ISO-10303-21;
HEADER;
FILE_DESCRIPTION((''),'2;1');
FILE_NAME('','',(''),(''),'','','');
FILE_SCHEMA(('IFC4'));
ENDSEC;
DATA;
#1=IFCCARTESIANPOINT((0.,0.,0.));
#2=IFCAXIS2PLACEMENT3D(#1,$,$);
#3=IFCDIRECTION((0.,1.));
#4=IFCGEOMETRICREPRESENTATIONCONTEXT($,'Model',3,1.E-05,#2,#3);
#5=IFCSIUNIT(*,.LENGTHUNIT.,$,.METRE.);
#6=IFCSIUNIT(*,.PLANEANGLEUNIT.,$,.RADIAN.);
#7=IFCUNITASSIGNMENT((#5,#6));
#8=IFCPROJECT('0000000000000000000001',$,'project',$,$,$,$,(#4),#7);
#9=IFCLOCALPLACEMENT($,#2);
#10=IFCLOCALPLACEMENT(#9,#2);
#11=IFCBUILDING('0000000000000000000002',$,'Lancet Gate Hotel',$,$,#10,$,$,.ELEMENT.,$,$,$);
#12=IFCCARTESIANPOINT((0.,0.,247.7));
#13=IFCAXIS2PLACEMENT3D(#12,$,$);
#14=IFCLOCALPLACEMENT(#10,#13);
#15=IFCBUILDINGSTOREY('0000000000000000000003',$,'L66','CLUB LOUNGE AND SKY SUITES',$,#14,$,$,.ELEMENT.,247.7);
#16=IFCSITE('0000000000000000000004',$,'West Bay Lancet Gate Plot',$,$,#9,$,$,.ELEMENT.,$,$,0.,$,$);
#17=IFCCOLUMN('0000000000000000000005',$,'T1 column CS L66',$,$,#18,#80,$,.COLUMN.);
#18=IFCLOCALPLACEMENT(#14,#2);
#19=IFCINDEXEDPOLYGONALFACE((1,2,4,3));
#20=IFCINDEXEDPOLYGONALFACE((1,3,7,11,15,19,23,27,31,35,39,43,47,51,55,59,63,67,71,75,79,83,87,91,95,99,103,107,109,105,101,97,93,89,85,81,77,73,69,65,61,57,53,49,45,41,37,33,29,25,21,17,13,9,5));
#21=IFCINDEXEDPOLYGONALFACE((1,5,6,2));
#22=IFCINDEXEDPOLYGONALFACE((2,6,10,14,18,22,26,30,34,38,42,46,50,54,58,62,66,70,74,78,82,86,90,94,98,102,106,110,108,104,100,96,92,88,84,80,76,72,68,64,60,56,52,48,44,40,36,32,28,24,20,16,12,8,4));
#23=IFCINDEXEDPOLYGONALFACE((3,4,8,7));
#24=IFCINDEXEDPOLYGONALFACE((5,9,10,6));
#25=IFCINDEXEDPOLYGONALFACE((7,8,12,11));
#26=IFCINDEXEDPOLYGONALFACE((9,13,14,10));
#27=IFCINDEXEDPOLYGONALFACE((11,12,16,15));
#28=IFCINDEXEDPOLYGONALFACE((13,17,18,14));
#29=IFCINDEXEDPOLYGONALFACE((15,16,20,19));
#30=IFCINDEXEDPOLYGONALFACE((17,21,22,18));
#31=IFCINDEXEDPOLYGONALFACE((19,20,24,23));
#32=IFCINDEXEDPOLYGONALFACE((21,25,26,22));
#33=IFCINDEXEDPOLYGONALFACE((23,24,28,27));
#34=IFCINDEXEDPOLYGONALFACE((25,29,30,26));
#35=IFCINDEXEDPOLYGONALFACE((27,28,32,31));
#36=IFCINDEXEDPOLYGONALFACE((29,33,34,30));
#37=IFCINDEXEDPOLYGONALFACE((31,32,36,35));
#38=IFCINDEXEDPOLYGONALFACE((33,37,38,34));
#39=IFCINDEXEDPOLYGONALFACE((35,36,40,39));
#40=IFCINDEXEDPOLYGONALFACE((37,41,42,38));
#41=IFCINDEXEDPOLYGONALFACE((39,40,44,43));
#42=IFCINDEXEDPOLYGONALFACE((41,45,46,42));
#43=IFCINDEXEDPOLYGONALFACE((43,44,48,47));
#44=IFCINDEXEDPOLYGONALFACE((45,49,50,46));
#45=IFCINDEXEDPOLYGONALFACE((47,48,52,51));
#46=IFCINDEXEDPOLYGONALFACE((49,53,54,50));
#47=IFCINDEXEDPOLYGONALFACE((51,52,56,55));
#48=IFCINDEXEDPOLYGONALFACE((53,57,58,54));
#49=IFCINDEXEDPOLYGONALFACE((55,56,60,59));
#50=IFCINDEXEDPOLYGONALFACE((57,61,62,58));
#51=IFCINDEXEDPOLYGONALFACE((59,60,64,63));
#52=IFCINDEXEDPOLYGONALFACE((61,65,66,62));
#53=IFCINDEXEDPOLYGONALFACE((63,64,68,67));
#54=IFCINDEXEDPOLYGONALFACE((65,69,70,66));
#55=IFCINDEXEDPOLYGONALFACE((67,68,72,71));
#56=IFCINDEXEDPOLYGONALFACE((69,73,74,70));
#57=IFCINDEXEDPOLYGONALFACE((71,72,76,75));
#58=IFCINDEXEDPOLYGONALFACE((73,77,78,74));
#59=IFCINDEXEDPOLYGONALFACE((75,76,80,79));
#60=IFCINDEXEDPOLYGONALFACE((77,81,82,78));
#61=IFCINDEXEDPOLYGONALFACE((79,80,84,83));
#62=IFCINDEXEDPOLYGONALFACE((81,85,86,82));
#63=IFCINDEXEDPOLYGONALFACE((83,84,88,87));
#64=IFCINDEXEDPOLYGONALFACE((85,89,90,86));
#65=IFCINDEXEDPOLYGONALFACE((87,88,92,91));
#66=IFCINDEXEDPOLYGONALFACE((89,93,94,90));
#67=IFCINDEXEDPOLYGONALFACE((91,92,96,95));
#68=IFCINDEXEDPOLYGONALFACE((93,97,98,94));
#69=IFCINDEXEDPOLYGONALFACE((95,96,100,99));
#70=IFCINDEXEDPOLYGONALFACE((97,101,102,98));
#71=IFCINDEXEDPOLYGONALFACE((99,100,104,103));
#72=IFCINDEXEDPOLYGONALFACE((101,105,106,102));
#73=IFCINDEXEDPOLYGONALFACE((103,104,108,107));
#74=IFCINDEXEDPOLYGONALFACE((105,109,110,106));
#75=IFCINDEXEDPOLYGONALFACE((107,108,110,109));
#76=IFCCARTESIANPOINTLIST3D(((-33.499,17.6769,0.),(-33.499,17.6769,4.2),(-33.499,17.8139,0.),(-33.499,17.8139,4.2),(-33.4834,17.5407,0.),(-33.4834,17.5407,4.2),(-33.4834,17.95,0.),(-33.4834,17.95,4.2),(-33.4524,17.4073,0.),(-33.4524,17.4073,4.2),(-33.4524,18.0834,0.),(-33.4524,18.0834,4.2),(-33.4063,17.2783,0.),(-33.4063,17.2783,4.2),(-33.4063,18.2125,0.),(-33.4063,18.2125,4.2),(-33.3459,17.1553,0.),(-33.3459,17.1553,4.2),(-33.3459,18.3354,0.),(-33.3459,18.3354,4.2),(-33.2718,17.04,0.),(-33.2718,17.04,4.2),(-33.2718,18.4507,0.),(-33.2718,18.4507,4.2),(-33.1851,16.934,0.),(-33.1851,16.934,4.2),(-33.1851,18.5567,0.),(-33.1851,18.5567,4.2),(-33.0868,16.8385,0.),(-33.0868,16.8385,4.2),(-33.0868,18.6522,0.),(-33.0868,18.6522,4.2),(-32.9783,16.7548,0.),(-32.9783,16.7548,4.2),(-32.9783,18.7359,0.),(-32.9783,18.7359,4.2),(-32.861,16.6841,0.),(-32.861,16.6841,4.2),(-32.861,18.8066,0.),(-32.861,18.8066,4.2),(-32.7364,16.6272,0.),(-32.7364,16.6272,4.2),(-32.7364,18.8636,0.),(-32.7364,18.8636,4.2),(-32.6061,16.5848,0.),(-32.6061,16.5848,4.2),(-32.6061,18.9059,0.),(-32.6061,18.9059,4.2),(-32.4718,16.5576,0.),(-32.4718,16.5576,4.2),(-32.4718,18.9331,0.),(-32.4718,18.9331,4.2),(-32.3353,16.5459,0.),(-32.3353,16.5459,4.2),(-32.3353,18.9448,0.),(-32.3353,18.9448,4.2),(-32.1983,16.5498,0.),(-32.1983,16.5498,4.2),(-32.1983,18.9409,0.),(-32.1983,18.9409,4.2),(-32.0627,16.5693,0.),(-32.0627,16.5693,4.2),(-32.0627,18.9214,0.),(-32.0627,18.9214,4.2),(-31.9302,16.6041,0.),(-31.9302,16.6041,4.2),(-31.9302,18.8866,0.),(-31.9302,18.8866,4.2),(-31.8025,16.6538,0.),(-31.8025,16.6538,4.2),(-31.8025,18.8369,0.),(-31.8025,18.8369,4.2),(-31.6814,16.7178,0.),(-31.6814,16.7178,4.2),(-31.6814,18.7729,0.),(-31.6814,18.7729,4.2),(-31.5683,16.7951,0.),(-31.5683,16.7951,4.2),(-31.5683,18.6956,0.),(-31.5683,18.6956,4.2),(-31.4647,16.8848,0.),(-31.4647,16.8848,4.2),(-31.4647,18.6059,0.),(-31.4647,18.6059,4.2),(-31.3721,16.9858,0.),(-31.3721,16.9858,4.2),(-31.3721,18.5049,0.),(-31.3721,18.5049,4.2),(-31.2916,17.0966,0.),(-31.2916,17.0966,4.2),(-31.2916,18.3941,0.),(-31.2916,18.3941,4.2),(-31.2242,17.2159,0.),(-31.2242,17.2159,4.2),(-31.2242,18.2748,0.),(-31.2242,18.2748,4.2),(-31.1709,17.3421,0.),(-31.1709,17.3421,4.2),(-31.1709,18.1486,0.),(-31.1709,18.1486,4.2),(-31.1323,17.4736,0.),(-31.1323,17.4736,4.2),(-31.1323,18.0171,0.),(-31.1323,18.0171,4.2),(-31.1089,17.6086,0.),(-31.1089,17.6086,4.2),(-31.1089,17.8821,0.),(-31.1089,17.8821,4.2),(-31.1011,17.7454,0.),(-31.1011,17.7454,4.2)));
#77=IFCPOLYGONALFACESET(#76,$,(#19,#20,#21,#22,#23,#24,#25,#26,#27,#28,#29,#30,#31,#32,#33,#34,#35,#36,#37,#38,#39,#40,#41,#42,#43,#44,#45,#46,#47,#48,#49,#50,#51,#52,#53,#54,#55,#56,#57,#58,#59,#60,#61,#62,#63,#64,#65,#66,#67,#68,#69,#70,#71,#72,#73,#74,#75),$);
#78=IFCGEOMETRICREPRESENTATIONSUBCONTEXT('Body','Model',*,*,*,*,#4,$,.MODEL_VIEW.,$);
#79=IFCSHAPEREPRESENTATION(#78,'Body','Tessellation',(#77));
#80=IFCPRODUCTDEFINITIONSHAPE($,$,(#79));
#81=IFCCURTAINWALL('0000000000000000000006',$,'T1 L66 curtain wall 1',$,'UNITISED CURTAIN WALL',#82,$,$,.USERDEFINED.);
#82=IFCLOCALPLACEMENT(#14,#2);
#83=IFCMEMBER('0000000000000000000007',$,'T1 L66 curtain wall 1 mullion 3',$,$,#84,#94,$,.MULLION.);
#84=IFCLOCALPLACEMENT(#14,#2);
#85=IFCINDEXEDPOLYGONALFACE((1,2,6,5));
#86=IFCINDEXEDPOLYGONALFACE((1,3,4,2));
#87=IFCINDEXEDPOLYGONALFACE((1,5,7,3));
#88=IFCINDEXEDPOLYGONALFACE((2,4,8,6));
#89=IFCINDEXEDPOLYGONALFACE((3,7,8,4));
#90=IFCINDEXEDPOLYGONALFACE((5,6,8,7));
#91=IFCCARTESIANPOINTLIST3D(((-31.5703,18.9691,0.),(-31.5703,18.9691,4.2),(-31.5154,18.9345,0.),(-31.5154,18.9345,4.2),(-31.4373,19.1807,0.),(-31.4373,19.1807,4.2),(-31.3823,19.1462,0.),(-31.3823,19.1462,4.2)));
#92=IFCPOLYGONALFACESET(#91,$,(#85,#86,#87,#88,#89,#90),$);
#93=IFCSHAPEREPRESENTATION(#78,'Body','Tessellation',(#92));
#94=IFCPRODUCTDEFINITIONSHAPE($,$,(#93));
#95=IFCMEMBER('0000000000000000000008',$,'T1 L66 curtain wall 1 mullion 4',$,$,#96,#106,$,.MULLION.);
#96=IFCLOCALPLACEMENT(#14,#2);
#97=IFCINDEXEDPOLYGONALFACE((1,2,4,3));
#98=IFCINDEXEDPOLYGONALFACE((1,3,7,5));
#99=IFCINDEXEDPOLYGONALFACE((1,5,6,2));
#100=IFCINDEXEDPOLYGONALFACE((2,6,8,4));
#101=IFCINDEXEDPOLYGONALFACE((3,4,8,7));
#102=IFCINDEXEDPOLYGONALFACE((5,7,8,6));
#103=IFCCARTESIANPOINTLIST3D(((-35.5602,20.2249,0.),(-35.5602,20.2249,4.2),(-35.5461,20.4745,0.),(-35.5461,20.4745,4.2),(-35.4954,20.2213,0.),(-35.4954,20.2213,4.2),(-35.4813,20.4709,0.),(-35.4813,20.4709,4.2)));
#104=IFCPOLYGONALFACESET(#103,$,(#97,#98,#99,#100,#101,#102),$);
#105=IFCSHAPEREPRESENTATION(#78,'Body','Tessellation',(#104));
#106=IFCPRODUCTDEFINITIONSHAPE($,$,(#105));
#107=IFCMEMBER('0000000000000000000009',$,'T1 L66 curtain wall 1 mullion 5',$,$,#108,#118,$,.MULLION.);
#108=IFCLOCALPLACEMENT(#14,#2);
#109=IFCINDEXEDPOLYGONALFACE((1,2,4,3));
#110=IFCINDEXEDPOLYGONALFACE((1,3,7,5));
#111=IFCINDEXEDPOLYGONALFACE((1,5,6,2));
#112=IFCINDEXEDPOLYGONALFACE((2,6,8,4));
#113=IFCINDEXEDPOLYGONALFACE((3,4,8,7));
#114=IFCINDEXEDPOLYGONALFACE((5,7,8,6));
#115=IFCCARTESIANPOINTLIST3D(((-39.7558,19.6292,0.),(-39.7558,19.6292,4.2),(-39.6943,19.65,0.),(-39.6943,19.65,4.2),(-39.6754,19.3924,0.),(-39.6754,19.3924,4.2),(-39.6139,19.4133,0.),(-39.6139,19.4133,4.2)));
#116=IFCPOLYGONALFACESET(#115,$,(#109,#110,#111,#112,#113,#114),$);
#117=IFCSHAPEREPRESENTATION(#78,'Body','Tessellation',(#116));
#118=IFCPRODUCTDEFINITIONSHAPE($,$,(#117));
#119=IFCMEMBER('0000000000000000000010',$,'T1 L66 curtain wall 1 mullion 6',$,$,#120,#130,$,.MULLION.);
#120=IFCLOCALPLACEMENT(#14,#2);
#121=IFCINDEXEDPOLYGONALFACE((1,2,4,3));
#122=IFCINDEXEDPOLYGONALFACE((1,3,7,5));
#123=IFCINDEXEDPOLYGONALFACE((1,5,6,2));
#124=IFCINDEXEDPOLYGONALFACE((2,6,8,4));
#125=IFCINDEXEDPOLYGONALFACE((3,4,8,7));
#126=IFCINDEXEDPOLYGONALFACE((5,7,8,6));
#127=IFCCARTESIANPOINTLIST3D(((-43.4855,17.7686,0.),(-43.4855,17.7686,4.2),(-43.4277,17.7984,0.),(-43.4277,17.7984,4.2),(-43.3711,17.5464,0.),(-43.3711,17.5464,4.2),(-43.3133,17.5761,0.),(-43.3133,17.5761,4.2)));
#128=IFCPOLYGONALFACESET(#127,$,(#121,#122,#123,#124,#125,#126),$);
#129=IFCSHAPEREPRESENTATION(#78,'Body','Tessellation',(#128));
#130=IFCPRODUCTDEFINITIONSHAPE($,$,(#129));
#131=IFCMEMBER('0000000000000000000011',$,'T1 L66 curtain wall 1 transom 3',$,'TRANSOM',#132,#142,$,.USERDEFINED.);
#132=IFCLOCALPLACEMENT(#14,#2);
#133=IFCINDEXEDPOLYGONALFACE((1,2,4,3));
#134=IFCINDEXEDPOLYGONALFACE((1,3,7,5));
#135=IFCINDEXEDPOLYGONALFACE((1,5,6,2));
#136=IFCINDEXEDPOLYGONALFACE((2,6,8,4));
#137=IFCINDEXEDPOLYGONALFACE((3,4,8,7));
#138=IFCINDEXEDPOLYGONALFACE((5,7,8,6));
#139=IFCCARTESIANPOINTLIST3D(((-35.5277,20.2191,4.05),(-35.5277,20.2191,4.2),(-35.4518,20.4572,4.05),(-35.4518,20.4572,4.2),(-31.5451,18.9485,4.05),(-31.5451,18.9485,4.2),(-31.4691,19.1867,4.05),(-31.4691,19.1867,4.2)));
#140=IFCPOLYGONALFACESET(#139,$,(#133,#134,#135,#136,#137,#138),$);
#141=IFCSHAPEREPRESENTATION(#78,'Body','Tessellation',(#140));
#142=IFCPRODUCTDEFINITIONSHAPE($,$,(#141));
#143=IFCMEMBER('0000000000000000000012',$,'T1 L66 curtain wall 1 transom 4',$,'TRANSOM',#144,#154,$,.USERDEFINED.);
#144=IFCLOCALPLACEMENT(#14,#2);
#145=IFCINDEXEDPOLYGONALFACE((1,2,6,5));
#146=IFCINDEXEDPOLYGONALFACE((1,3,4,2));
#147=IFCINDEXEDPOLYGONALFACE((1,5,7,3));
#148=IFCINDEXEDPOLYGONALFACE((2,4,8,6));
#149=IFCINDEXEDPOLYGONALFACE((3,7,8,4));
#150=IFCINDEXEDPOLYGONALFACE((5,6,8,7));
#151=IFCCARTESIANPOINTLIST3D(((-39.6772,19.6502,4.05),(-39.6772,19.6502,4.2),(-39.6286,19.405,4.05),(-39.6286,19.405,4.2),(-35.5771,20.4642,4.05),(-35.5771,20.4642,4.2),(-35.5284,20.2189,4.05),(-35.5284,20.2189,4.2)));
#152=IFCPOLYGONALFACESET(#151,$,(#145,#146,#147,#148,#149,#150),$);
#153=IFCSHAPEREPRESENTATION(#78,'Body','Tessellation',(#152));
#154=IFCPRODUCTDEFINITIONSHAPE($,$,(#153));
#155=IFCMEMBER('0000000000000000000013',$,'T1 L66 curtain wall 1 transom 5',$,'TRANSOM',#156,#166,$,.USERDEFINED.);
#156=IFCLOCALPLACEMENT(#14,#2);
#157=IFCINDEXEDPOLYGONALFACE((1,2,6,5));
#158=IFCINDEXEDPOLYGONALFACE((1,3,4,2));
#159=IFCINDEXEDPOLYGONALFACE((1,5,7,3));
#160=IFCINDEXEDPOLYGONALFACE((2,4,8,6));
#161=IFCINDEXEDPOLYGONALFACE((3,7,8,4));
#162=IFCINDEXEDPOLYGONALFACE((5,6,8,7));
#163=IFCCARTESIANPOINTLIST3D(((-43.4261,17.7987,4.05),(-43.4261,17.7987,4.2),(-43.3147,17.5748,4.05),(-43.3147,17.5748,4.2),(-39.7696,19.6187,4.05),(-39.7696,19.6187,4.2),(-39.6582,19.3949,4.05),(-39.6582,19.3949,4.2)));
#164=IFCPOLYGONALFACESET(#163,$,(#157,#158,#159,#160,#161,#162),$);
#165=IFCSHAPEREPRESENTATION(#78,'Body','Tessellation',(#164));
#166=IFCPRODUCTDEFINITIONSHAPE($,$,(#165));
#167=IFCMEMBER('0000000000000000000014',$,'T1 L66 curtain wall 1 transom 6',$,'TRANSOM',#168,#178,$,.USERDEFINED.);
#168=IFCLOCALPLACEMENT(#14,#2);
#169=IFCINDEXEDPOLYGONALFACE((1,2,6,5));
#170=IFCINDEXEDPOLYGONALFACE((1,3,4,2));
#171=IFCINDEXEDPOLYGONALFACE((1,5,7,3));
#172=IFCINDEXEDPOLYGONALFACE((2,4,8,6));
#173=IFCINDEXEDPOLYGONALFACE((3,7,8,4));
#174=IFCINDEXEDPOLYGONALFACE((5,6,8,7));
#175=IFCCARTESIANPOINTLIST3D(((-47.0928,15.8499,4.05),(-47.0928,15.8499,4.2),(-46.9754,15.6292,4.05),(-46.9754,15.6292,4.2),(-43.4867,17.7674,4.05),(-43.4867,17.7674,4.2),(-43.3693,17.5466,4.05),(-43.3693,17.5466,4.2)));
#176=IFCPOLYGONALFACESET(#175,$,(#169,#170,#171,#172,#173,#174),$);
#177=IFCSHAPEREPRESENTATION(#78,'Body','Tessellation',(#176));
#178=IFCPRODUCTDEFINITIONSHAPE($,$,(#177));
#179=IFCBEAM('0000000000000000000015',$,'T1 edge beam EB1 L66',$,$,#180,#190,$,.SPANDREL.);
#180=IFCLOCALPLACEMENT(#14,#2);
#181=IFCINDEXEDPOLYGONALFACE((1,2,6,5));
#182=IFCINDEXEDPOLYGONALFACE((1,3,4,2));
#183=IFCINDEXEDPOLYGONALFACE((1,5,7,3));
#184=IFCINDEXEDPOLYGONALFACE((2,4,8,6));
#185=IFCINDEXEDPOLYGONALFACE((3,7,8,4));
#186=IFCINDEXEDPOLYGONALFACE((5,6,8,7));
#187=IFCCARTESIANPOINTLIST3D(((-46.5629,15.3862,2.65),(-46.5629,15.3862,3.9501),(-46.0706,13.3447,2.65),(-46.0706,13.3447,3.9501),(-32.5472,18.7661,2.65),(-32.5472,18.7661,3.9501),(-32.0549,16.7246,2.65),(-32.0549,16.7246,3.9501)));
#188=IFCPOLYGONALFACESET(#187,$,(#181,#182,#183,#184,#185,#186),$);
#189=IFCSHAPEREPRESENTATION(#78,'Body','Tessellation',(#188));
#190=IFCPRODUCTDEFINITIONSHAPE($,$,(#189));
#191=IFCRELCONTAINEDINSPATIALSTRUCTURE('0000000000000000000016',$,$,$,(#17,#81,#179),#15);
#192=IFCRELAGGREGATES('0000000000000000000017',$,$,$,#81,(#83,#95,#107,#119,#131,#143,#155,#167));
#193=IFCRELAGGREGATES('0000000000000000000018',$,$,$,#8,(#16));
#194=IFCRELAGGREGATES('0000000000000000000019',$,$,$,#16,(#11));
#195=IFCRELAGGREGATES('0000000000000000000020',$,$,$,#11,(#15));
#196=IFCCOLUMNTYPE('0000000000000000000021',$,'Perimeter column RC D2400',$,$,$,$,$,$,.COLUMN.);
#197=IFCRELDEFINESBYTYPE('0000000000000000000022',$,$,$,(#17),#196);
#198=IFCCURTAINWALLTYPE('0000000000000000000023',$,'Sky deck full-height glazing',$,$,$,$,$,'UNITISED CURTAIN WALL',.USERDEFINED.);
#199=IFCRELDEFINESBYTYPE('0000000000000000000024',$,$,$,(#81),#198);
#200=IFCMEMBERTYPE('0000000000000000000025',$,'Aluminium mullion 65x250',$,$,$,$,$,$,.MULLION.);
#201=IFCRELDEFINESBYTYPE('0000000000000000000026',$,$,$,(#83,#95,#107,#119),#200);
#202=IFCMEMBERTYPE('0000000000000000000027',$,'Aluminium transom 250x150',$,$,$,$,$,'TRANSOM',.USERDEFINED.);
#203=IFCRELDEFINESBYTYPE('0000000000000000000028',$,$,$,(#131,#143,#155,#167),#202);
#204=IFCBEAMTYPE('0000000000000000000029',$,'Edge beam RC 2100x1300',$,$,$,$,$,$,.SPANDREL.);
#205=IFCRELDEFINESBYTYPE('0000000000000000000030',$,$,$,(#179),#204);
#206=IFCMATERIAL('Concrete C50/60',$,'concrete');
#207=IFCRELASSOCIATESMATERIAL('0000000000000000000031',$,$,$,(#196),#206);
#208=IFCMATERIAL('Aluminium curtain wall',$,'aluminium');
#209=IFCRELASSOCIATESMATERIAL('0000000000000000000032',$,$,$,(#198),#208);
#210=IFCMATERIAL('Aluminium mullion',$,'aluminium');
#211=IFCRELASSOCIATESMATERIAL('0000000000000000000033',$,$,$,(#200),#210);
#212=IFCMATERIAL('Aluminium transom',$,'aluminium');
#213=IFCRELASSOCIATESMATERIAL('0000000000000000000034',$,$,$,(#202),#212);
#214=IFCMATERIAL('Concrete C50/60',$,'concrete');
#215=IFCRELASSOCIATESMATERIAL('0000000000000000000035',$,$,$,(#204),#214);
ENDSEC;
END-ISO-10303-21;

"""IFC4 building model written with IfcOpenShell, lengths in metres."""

from ifc_helpers import new_model, si_unit, direction, frame, origin, origin_2d, place, context, subcontext, project, spatial, rectangle, circle, extrude, material, material_profile, profile_set, type_object, element, aggregate, save


model = new_model("IFC4")

# Units and contexts
model_context = context("Model", 3, precision=1e-05, world=origin(), true_north=direction((0.0, 1.0)))
body_context = subcontext(model_context, "Body", "Model", "MODEL_VIEW")
ifc_project = project(units=[si_unit("LENGTHUNIT", "METRE"), si_unit("PLANEANGLEUNIT", "RADIAN")], contexts=[model_context])

# Site, building, storey
site_placement = place(None, origin())
site = spatial("IfcSite", under=ifc_project, at=site_placement, Name="West Bay Lancet Gate Plot", CompositionType="ELEMENT", RefElevation=0.0)
building_placement = place(site_placement, origin())
building = spatial("IfcBuilding", under=site, at=building_placement, Name="Lancet Gate Hotel", CompositionType="ELEMENT")
storey_placement = place(building_placement, frame((0.0, 0.0, 247.7)))
storey = spatial("IfcBuildingStorey", under=building, at=storey_placement, Name="L66", Description="CLUB LOUNGE AND SKY SUITES", CompositionType="ELEMENT", Elevation=247.7)

# Column
ifc_material_1 = material(Name="Concrete C50/60", Category="concrete")
ifc_material_profile_1 = material_profile(ifc_material_1, circle(Radius=1.2, at=origin_2d()), Name="RC D2400")
ifc_profile_set_1 = profile_set([ifc_material_profile_1], Name="Concrete C50/60")
column_type = type_object("IfcColumnType", Name="Perimeter column RC D2400", PredefinedType="COLUMN", material=ifc_profile_set_1)
column_placement = place(storey_placement, frame((-32.301, 17.7454, 0.0), z_axis=(0.0, 0.0, 1.0), x_axis=(1.0, 0.0, 0.0)))
element("IfcColumn", 1, at=column_placement, inside=storey, type_object=column_type, Name="T1 column CS L66", PredefinedType="COLUMN", context=body_context, shape_type="SweptSolid", body=[
    extrude(circle(Radius=1.2, at=origin_2d()), origin(), (0.0, 0.0, 1.0), 4.2),
])

# Curtain wall, members
ifc_material_2 = material(Name="Aluminium curtain wall", Category="aluminium")
curtain_wall_type = type_object("IfcCurtainWallType", Name="Sky deck full-height glazing", ElementType="UNITISED CURTAIN WALL", PredefinedType="USERDEFINED", material=ifc_material_2)
curtain_wall_placement = place(storey_placement, origin())
curtain_wall = element("IfcCurtainWall", 2, at=curtain_wall_placement, inside=storey, type_object=curtain_wall_type, Name="T1 L66 curtain wall 1", ObjectType="UNITISED CURTAIN WALL", PredefinedType="USERDEFINED")
ifc_material_3 = material(Name="Aluminium mullion", Category="aluminium")
ifc_material_profile_2 = material_profile(ifc_material_3, rectangle(XDim=0.0649, YDim=0.25, at=origin_2d()), Name="MULLION 65x250")
ifc_profile_set_2 = profile_set([ifc_material_profile_2], Name="Aluminium mullion")
member_type_1 = type_object("IfcMemberType", Name="Aluminium mullion 65x250", PredefinedType="MULLION", material=ifc_profile_set_2)
member_1_placement = place(storey_placement, frame((-31.4763, 19.0576, 0.0), z_axis=(0.0, 0.0, 1.0), x_axis=(-0.846613, 0.532209, 0.0)))
member_1 = element("IfcMember", 3, at=member_1_placement, type_object=member_type_1, Name="T1 L66 curtain wall 1 mullion 3", PredefinedType="MULLION", context=body_context, shape_type="SweptSolid", body=[
    extrude(rectangle(XDim=0.0649, YDim=0.25, at=origin_2d()), origin(), (0.0, 0.0, 1.0), 4.2),
])
member_2_placement = place(storey_placement, frame((-35.5208, 20.3479, 0.0), z_axis=(0.0, 0.0, 1.0), x_axis=(-0.998409, 0.056384, 0.0)))
member_2 = element("IfcMember", 4, at=member_2_placement, type_object=member_type_1, Name="T1 L66 curtain wall 1 mullion 4", PredefinedType="MULLION", context=body_context, shape_type="SweptSolid", body=[
    extrude(rectangle(XDim=0.0649, YDim=0.25, at=origin_2d()), origin(), (0.0, 0.0, 1.0), 4.2),
])
member_3_placement = place(storey_placement, frame((-39.6848, 19.5212, 0.0), z_axis=(0.0, 0.0, 1.0), x_axis=(-0.946888, -0.321564, 0.0)))
member_3 = element("IfcMember", 5, at=member_3_placement, type_object=member_type_1, Name="T1 L66 curtain wall 1 mullion 5", PredefinedType="MULLION", context=body_context, shape_type="SweptSolid", body=[
    extrude(rectangle(XDim=0.0649, YDim=0.25, at=origin_2d()), origin(), (0.0, 0.0, 1.0), 4.2),
])
member_4_placement = place(storey_placement, frame((-43.3994, 17.6724, 0.0), z_axis=(0.0, 0.0, 1.0), x_axis=(-0.889156, -0.457605, 0.0)))
member_4 = element("IfcMember", 6, at=member_4_placement, type_object=member_type_1, Name="T1 L66 curtain wall 1 mullion 6", PredefinedType="MULLION", context=body_context, shape_type="SweptSolid", body=[
    extrude(rectangle(XDim=0.0649, YDim=0.25, at=origin_2d()), origin(), (0.0, 0.0, 1.0), 4.2),
])
ifc_material_4 = material(Name="Aluminium transom", Category="aluminium")
ifc_material_profile_3 = material_profile(ifc_material_4, rectangle(XDim=0.25, YDim=0.1499, at=origin_2d()), Name="TRANSOM 250x150")
ifc_profile_set_3 = profile_set([ifc_material_profile_3], Name="Aluminium transom")
member_type_2 = type_object("IfcMemberType", Name="Aluminium transom 250x150", ElementType="TRANSOM", PredefinedType="USERDEFINED", material=ifc_profile_set_3)
member_5_placement = place(storey_placement, frame((-31.5071, 19.0676, 4.125), z_axis=(-0.952698, 0.30392, 0.0), x_axis=(-0.30392, -0.952698, 0.0)))
member_5 = element("IfcMember", 7, at=member_5_placement, type_object=member_type_2, Name="T1 L66 curtain wall 1 transom 3", ObjectType="TRANSOM", PredefinedType="USERDEFINED", context=body_context, shape_type="SweptSolid", body=[
    extrude(rectangle(XDim=0.25, YDim=0.1499, at=origin_2d()), origin(), (0.0, 0.0, 1.0), 4.1804),
])
member_6_placement = place(storey_placement, frame((-35.5527, 20.3416, 4.125), z_axis=(-0.980858, -0.194723, 0.0), x_axis=(0.194723, -0.980858, 0.0)))
member_6 = element("IfcMember", 8, at=member_6_placement, type_object=member_type_2, Name="T1 L66 curtain wall 1 transom 4", ObjectType="TRANSOM", PredefinedType="USERDEFINED", context=body_context, shape_type="SweptSolid", body=[
    extrude(rectangle(XDim=0.25, YDim=0.1499, at=origin_2d()), origin(), (0.0, 0.0, 1.0), 4.1802),
])
member_7_placement = place(storey_placement, frame((-39.7139, 19.5068, 4.125), z_axis=(-0.895227, -0.445611, 0.0), x_axis=(0.445611, -0.895227, 0.0)))
member_7 = element("IfcMember", 9, at=member_7_placement, type_object=member_type_2, Name="T1 L66 curtain wall 1 transom 5", ObjectType="TRANSOM", PredefinedType="USERDEFINED", context=body_context, shape_type="SweptSolid", body=[
    extrude(rectangle(XDim=0.25, YDim=0.1499, at=origin_2d()), origin(), (0.0, 0.0, 1.0), 4.0845),
])
member_8_placement = place(storey_placement, frame((-43.428, 17.657, 4.125), z_axis=(-0.882945, -0.469477, 0.0), x_axis=(0.469477, -0.882945, 0.0)))
member_8 = element("IfcMember", 10, at=member_8_placement, type_object=member_type_2, Name="T1 L66 curtain wall 1 transom 6", ObjectType="TRANSOM", PredefinedType="USERDEFINED", context=body_context, shape_type="SweptSolid", body=[
    extrude(rectangle(XDim=0.25, YDim=0.1499, at=origin_2d()), origin(), (0.0, 0.0, 1.0), 4.0842),
])

# Beam
ifc_material_5 = material(Name="Concrete C50/60", Category="concrete")
ifc_material_profile_4 = material_profile(ifc_material_5, rectangle(XDim=2.1001, YDim=1.3, at=origin_2d()), Name="RC 2100x1300")
ifc_profile_set_4 = profile_set([ifc_material_profile_4], Name="Concrete C50/60")
beam_type_1 = type_object("IfcBeamType", Name="Edge beam RC 2100x1300", PredefinedType="SPANDREL", material=ifc_profile_set_4)
beam_1_placement = place(storey_placement, frame((-32.301, 17.7454, 3.3), z_axis=(-0.972133, -0.234431, 0.0), x_axis=(0.234431, -0.972133, 0.0)))
element("IfcBeam", 11, at=beam_1_placement, inside=storey, type_object=beam_type_1, Name="T1 edge beam EB1 L66", PredefinedType="SPANDREL", context=body_context, shape_type="SweptSolid", body=[
    extrude(rectangle(XDim=2.1001, YDim=1.3, at=origin_2d()), origin(), (0.0, 0.0, 1.0), 14.4175),
])

aggregate(curtain_wall, [member_1, member_2, member_3, member_4, member_5, member_6, member_7, member_8])

save(model, "model.ifc")
